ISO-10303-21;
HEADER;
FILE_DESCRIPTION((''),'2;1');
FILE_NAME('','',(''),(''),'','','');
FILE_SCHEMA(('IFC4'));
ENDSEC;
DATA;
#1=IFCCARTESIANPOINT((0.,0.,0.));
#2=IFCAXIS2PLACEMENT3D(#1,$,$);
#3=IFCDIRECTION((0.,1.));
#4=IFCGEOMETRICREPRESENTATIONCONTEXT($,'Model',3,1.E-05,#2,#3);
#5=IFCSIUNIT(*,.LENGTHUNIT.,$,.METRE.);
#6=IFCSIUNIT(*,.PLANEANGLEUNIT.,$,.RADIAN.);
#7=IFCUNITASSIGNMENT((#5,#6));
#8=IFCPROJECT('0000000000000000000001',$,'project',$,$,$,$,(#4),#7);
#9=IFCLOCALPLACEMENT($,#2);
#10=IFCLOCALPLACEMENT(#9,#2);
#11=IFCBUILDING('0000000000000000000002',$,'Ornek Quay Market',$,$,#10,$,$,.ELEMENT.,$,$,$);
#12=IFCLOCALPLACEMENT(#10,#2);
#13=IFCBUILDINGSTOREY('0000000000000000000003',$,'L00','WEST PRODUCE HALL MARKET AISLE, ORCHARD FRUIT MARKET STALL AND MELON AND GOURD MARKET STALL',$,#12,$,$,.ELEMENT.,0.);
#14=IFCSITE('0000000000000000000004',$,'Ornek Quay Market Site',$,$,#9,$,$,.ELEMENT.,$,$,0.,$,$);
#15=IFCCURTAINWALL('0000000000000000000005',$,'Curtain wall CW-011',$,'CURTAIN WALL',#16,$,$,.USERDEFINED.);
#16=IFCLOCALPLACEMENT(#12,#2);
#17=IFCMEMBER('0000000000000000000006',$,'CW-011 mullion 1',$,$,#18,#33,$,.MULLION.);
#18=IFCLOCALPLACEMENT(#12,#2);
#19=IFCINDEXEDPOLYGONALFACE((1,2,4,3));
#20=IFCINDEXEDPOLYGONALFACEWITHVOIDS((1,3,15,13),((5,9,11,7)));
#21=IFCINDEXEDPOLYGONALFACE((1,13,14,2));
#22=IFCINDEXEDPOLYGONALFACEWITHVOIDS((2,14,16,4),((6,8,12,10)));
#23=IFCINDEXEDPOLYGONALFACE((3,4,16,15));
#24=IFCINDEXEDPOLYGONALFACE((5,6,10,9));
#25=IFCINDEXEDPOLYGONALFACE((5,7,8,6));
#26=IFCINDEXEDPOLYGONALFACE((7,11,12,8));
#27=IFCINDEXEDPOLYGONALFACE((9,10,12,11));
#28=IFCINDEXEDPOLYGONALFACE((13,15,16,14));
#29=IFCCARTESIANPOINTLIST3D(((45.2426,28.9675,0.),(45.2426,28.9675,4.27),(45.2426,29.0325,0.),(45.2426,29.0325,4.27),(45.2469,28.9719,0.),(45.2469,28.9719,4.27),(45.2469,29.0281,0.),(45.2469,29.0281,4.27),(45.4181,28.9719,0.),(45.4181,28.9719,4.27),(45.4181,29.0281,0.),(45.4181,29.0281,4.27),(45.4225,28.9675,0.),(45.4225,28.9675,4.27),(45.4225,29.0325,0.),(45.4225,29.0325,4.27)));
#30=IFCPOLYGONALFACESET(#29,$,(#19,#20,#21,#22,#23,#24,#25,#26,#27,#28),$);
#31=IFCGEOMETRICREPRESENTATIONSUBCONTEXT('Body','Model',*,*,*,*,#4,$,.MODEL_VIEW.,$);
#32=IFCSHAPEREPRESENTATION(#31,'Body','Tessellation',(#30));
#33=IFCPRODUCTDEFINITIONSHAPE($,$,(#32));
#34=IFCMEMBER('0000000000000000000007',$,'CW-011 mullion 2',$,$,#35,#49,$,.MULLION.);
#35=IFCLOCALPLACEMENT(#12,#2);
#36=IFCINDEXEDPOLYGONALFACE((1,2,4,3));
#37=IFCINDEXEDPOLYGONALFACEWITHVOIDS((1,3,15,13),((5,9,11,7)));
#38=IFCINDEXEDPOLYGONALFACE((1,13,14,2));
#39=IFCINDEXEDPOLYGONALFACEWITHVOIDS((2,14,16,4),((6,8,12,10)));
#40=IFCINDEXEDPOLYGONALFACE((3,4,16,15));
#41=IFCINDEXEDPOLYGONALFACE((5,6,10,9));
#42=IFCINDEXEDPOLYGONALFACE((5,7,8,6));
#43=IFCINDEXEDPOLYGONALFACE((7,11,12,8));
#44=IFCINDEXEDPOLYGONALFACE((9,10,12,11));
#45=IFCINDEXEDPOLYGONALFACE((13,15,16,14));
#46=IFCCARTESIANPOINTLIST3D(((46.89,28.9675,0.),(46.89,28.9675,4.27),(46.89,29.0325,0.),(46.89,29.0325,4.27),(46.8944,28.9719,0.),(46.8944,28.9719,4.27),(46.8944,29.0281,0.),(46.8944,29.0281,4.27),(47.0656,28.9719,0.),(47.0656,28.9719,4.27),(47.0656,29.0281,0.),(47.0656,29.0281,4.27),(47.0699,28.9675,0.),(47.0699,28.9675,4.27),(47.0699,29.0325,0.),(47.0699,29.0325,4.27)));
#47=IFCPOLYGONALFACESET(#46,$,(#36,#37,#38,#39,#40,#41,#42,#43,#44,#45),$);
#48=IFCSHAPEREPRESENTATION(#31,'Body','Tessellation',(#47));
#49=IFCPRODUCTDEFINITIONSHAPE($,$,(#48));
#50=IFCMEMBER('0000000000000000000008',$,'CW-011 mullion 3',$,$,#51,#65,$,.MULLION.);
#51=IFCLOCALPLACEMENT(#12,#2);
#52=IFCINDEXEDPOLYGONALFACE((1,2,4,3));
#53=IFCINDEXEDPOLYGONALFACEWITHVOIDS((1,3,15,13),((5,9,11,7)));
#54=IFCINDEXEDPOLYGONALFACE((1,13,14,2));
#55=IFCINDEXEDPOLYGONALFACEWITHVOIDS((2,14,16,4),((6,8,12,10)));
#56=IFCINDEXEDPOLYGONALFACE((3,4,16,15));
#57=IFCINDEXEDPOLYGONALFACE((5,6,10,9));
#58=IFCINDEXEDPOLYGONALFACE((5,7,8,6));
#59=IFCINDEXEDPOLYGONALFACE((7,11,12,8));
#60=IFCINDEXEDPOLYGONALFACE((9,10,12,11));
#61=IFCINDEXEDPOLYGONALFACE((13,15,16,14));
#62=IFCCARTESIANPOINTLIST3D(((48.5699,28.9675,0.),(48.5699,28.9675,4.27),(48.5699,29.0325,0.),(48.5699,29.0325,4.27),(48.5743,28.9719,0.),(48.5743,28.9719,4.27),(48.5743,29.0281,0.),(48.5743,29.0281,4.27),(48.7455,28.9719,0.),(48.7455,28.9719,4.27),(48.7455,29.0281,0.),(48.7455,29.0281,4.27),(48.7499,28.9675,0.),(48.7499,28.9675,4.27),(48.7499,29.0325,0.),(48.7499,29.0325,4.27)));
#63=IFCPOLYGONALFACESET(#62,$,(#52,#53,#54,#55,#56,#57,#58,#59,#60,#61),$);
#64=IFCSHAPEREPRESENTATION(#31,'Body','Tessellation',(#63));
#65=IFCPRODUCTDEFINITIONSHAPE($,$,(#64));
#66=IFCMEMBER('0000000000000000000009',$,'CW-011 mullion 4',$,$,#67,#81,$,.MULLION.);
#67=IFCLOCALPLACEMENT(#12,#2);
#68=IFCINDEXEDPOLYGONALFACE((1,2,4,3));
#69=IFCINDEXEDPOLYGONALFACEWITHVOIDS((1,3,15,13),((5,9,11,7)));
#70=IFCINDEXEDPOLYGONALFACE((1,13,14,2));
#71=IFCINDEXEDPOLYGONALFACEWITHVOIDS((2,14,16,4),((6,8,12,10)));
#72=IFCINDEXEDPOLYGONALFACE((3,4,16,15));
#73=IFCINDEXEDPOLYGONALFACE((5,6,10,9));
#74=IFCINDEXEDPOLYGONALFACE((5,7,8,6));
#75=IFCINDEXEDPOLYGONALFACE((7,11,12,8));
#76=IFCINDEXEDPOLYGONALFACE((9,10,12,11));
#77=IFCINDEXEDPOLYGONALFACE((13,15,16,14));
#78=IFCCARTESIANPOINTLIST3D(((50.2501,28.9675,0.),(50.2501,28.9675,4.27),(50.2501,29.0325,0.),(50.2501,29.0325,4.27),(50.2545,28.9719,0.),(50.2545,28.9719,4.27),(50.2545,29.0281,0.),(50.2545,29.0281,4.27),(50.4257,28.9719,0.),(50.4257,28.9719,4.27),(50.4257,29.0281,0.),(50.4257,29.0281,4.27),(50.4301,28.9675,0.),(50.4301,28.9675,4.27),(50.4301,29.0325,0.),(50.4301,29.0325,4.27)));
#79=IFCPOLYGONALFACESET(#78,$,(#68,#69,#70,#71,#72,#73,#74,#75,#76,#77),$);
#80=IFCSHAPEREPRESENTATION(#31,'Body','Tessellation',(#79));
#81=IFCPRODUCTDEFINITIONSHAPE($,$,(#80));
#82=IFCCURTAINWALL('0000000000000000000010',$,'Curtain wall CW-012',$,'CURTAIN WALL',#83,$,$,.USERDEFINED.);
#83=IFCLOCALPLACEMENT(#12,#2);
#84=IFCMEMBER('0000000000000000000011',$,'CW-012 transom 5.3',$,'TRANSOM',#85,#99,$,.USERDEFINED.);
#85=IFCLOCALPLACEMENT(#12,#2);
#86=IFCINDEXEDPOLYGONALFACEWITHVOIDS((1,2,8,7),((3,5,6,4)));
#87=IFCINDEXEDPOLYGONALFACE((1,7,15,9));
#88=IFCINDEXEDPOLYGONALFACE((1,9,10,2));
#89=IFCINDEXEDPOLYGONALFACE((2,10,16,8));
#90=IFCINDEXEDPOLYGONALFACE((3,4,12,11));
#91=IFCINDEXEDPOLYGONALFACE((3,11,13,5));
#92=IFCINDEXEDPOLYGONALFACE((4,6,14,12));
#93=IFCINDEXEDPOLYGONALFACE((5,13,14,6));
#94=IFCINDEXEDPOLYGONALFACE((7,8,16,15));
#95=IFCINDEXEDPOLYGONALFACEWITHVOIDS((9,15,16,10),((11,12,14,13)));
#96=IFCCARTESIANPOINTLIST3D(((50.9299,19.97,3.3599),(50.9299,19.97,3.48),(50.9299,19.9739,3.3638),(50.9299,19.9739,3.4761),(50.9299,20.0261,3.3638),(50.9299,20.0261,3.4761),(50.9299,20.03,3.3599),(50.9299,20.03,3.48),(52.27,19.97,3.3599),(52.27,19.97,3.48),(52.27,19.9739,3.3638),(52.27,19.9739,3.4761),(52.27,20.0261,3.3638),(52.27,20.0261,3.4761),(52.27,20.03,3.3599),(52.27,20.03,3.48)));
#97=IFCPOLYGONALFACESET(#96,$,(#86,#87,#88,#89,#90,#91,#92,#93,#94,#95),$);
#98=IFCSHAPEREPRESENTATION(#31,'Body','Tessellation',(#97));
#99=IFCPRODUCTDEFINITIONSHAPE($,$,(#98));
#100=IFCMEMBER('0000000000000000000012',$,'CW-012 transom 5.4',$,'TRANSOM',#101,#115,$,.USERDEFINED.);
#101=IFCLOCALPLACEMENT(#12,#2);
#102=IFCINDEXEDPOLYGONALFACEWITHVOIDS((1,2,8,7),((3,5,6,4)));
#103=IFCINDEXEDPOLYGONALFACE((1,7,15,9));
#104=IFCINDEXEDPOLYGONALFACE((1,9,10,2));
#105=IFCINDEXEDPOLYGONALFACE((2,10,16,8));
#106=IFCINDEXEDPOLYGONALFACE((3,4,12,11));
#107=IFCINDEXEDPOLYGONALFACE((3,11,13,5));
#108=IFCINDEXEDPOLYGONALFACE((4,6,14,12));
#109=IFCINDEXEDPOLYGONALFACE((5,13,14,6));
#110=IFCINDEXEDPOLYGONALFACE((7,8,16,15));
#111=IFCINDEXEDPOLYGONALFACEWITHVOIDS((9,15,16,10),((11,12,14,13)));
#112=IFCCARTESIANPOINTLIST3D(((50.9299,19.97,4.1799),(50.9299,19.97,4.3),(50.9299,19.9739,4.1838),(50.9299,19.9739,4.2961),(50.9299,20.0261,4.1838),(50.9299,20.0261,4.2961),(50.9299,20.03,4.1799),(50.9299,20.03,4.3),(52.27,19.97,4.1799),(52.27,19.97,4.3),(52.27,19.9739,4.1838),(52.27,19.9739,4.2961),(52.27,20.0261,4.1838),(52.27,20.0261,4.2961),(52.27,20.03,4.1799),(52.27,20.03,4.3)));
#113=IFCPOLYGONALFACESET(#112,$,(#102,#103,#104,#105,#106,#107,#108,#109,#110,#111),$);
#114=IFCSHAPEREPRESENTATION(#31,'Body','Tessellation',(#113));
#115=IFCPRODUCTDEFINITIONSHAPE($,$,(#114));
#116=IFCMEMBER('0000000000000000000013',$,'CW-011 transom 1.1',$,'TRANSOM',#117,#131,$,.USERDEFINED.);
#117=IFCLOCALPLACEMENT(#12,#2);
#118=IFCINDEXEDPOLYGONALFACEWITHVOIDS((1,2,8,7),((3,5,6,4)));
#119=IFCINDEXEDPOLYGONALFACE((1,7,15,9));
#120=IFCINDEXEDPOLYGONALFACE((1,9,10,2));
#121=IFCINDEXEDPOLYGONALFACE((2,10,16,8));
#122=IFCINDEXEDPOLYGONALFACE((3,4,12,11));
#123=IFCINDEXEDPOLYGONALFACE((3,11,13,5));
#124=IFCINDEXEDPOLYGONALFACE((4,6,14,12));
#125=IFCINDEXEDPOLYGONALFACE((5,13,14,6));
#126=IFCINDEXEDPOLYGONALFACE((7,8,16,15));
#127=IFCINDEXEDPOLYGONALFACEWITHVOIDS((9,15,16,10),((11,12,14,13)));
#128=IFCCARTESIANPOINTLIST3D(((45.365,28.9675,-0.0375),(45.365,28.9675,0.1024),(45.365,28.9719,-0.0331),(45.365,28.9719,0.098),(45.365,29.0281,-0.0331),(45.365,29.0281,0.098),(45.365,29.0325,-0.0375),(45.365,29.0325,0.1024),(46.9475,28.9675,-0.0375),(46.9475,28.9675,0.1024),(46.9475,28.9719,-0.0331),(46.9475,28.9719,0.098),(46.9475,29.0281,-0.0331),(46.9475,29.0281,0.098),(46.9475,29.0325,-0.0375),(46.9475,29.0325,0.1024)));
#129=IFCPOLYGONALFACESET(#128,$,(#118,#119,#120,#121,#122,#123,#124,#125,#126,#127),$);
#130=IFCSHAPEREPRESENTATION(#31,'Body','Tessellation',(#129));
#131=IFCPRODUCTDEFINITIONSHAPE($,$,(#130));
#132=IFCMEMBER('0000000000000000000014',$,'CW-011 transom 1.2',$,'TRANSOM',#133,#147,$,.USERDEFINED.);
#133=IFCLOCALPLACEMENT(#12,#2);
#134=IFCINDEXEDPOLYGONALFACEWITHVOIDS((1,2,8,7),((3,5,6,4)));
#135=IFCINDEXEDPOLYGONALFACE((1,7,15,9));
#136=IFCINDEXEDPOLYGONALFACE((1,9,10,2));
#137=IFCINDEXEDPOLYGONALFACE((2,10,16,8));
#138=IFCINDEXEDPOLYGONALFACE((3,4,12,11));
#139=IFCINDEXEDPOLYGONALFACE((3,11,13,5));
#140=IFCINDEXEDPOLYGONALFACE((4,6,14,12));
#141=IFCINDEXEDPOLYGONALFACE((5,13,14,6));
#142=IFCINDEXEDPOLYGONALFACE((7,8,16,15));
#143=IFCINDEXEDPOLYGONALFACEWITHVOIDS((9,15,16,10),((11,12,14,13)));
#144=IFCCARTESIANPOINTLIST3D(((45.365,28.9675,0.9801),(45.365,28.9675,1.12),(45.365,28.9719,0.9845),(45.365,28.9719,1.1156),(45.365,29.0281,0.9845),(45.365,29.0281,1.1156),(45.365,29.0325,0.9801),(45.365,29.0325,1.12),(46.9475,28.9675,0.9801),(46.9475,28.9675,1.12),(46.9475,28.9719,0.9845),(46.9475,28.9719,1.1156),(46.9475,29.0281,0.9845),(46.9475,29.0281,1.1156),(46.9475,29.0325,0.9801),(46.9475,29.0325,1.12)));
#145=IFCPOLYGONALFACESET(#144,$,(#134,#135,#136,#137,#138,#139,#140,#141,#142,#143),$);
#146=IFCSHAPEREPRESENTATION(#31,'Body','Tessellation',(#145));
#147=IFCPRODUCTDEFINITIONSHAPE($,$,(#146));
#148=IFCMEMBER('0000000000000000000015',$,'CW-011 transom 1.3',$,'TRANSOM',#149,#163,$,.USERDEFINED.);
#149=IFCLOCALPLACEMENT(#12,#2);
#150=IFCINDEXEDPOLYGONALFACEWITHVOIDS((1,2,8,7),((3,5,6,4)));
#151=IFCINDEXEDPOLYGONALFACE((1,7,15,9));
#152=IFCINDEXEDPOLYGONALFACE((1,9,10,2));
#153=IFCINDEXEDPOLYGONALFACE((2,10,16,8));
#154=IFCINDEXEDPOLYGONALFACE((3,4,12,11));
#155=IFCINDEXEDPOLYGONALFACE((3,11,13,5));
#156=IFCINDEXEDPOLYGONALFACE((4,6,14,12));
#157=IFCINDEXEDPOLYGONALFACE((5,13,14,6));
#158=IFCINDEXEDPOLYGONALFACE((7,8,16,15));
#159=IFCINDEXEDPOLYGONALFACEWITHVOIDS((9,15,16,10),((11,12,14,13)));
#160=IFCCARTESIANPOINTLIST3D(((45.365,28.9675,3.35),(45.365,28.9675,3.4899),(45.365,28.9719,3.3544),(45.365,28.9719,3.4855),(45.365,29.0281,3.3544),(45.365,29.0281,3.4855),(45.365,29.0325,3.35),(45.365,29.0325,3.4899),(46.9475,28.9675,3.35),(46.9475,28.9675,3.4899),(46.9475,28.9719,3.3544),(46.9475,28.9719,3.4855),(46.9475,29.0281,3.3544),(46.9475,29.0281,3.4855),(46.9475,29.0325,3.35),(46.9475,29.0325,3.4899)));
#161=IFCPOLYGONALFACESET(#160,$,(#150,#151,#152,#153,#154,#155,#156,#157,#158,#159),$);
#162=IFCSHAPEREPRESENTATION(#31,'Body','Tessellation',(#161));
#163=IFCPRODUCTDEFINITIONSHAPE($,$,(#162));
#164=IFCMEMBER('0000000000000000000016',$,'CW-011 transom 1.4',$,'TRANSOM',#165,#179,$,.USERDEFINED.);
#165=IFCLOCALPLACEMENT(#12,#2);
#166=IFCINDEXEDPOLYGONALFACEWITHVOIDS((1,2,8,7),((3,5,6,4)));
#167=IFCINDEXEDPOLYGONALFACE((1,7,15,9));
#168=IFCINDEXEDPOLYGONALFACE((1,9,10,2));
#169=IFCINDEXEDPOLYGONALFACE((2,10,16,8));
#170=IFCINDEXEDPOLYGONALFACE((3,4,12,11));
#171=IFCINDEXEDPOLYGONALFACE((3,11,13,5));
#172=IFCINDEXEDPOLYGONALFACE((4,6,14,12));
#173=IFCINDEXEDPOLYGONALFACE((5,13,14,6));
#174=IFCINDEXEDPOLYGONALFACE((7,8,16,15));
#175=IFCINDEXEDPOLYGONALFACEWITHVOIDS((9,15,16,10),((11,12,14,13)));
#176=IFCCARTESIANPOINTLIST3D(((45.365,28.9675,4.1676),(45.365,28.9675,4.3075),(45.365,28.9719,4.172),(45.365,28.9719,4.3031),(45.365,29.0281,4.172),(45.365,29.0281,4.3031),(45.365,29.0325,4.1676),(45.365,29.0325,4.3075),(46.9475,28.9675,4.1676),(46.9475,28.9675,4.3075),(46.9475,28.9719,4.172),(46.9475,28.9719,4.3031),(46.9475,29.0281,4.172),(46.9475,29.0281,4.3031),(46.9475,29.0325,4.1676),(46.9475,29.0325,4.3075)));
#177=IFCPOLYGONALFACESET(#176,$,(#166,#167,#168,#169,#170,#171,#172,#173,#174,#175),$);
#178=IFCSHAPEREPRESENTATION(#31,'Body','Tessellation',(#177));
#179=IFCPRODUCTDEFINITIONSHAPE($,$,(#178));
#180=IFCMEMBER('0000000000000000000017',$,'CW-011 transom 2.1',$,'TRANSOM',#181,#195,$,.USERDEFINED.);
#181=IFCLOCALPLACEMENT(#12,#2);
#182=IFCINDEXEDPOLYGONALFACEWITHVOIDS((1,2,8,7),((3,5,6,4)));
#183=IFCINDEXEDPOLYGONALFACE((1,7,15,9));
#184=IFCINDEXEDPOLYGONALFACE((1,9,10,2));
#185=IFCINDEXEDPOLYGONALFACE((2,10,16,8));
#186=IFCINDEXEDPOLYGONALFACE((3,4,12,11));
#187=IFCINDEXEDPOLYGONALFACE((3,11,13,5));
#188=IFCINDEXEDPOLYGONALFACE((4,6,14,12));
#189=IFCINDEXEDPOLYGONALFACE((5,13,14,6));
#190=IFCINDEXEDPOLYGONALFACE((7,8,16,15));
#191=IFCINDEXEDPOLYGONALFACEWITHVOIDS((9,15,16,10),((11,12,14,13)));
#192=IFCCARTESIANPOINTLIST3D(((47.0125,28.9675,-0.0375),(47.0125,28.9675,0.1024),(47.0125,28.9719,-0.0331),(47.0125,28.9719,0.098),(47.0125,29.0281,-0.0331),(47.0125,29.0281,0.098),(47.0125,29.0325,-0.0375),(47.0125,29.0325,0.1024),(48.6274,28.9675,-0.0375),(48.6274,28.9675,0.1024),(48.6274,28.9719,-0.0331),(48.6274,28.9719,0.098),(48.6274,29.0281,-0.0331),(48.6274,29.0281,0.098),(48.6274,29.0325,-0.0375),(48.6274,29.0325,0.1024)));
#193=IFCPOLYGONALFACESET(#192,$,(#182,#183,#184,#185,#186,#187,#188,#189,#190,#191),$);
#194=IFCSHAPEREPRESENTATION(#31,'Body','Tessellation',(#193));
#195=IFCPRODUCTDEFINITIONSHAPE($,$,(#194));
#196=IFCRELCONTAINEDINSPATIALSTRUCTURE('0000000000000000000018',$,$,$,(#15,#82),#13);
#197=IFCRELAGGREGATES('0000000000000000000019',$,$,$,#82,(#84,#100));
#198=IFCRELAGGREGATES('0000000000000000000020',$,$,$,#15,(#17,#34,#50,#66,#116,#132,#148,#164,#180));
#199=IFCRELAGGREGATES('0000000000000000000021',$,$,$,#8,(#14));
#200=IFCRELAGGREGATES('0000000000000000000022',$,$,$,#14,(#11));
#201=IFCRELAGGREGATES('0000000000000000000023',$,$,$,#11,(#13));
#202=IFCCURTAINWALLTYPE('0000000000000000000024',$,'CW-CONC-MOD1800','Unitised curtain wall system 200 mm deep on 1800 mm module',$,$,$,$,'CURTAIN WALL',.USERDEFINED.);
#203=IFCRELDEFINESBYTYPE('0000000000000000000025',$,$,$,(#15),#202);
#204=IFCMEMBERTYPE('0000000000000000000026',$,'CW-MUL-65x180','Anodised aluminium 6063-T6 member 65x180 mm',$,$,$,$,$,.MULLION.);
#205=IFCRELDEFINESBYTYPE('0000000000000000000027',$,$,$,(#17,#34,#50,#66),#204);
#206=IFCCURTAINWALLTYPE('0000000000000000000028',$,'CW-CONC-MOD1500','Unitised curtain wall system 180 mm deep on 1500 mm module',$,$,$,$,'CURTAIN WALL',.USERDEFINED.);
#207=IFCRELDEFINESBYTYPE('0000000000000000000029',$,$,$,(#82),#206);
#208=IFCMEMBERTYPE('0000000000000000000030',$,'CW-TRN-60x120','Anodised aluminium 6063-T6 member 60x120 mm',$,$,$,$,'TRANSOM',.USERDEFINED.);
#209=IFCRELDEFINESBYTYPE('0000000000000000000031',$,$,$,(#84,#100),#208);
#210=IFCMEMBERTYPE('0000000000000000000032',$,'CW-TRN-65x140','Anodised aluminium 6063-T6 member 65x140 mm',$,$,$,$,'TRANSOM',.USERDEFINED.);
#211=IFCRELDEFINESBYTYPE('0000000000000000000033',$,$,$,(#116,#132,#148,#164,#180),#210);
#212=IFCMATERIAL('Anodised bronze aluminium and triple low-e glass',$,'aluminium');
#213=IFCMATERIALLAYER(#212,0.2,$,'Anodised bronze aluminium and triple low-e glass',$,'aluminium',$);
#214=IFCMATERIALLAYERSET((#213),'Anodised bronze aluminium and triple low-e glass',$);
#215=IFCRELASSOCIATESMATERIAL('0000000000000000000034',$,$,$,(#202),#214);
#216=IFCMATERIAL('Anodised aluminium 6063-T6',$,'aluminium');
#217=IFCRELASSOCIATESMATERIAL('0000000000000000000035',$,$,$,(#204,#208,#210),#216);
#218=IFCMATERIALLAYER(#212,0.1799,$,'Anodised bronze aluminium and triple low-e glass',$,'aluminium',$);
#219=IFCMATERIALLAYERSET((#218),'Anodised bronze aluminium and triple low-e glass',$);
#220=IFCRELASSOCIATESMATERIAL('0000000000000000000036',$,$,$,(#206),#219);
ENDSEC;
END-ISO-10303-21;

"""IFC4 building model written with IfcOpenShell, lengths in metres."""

from ifc_helpers import new_model, si_unit, direction, frame, origin, origin_2d, place, context, subcontext, project, spatial, hollow_rectangle, extrude, material, layer, layer_set, material_profile, profile_set, type_object, element, aggregate, save


model = new_model("IFC4")

# Units and contexts
model_context = context("Model", 3, precision=1e-05, world=origin(), true_north=direction((0.0, 1.0)))
body_context = subcontext(model_context, "Body", "Model", "MODEL_VIEW")
ifc_project = project(units=[si_unit("LENGTHUNIT", "METRE"), si_unit("PLANEANGLEUNIT", "RADIAN")], contexts=[model_context])

# Site, building, storey
site_placement = place(None, origin())
site = spatial("IfcSite", under=ifc_project, at=site_placement, Name="Ornek Quay Market Site", CompositionType="ELEMENT", RefElevation=0.0)
building_placement = place(site_placement, origin())
building = spatial("IfcBuilding", under=site, at=building_placement, Name="Ornek Quay Market", CompositionType="ELEMENT")
storey_placement = place(building_placement, origin())
storey = spatial("IfcBuildingStorey", under=building, at=storey_placement, Name="L00", Description="WEST PRODUCE HALL MARKET AISLE, ORCHARD FRUIT MARKET STALL AND MELON AND GOURD MARKET STALL", CompositionType="ELEMENT", Elevation=0.0)

# Curtain walls, members
ifc_material_1 = material(Name="Anodised bronze aluminium and triple low-e glass", Category="aluminium")
ifc_layer_1 = layer(ifc_material_1, 0.2, Name="Anodised bronze aluminium and triple low-e glass", Category="aluminium")
ifc_layer_set_1 = layer_set([ifc_layer_1], Name="Anodised bronze aluminium and triple low-e glass")
curtain_wall_type_1 = type_object("IfcCurtainWallType", Name="CW-CONC-MOD1800", Description="Unitised curtain wall system 200 mm deep on 1800 mm module", ElementType="CURTAIN WALL", PredefinedType="USERDEFINED", material=ifc_layer_set_1)
curtain_wall_1_placement = place(storey_placement, origin())
curtain_wall_1 = element("IfcCurtainWall", 1, at=curtain_wall_1_placement, inside=storey, type_object=curtain_wall_type_1, Name="Curtain wall CW-011", ObjectType="CURTAIN WALL", PredefinedType="USERDEFINED")
ifc_material_2 = material(Name="Anodised aluminium 6063-T6", Category="aluminium")
ifc_material_profile_1 = material_profile(ifc_material_2, hollow_rectangle(XDim=0.0649, YDim=0.1799, WallThickness=0.0044, at=origin_2d()), Name="CW-MUL-65x180", Category="aluminium")
ifc_profile_set_1 = profile_set([ifc_material_profile_1], Name="Anodised aluminium 6063-T6")
member_type_1 = type_object("IfcMemberType", Name="CW-MUL-65x180", Description="Anodised aluminium 6063-T6 member 65x180 mm", PredefinedType="MULLION", material=ifc_profile_set_1)
member_1_placement = place(storey_placement, frame((45.3325, 29.0, 0.0), z_axis=(0.0, 0.0, 1.0), x_axis=(0.0, 1.0, 0.0)))
member_1 = element("IfcMember", 2, at=member_1_placement, type_object=member_type_1, Name="CW-011 mullion 1", PredefinedType="MULLION", context=body_context, shape_type="SweptSolid", body=[
    extrude(hollow_rectangle(XDim=0.0649, YDim=0.1799, WallThickness=0.0044, at=origin_2d()), origin(), (0.0, 0.0, 1.0), 4.27),
])
member_2_placement = place(storey_placement, frame((46.98, 29.0, 0.0), z_axis=(0.0, 0.0, 1.0), x_axis=(0.0, 1.0, 0.0)))
member_2 = element("IfcMember", 3, at=member_2_placement, type_object=member_type_1, Name="CW-011 mullion 2", PredefinedType="MULLION", context=body_context, shape_type="SweptSolid", body=[
    extrude(hollow_rectangle(XDim=0.0649, YDim=0.1799, WallThickness=0.0044, at=origin_2d()), origin(), (0.0, 0.0, 1.0), 4.27),
])
member_3_placement = place(storey_placement, frame((48.6599, 29.0, 0.0), z_axis=(0.0, 0.0, 1.0), x_axis=(0.0, 1.0, 0.0)))
member_3 = element("IfcMember", 4, at=member_3_placement, type_object=member_type_1, Name="CW-011 mullion 3", PredefinedType="MULLION", context=body_context, shape_type="SweptSolid", body=[
    extrude(hollow_rectangle(XDim=0.0649, YDim=0.1799, WallThickness=0.0044, at=origin_2d()), origin(), (0.0, 0.0, 1.0), 4.27),
])
member_4_placement = place(storey_placement, frame((50.3401, 29.0, 0.0), z_axis=(0.0, 0.0, 1.0), x_axis=(0.0, 1.0, 0.0)))
member_4 = element("IfcMember", 5, at=member_4_placement, type_object=member_type_1, Name="CW-011 mullion 4", PredefinedType="MULLION", context=body_context, shape_type="SweptSolid", body=[
    extrude(hollow_rectangle(XDim=0.0649, YDim=0.1799, WallThickness=0.0044, at=origin_2d()), origin(), (0.0, 0.0, 1.0), 4.27),
])
ifc_layer_2 = layer(ifc_material_1, 0.1799, Name="Anodised bronze aluminium and triple low-e glass", Category="aluminium")
ifc_layer_set_2 = layer_set([ifc_layer_2], Name="Anodised bronze aluminium and triple low-e glass")
curtain_wall_type_2 = type_object("IfcCurtainWallType", Name="CW-CONC-MOD1500", Description="Unitised curtain wall system 180 mm deep on 1500 mm module", ElementType="CURTAIN WALL", PredefinedType="USERDEFINED", material=ifc_layer_set_2)
curtain_wall_2_placement = place(storey_placement, origin())
curtain_wall_2 = element("IfcCurtainWall", 6, at=curtain_wall_2_placement, inside=storey, type_object=curtain_wall_type_2, Name="Curtain wall CW-012", ObjectType="CURTAIN WALL", PredefinedType="USERDEFINED")
ifc_material_profile_2 = material_profile(ifc_material_2, hollow_rectangle(XDim=0.0601, YDim=0.1201, WallThickness=0.0039, at=origin_2d()), Name="CW-TRN-60x120", Category="aluminium")
ifc_profile_set_2 = profile_set([ifc_material_profile_2], Name="Anodised aluminium 6063-T6")
member_type_2 = type_object("IfcMemberType", Name="CW-TRN-60x120", Description="Anodised aluminium 6063-T6 member 60x120 mm", ElementType="TRANSOM", PredefinedType="USERDEFINED", material=ifc_profile_set_2)
member_5_placement = place(storey_placement, frame((50.9299, 20.0, 3.4199), z_axis=(1.0, 0.0, 0.0), x_axis=(0.0, 1.0, 0.0)))
member_5 = element("IfcMember", 7, at=member_5_placement, type_object=member_type_2, Name="CW-012 transom 5.3", ObjectType="TRANSOM", PredefinedType="USERDEFINED", context=body_context, shape_type="SweptSolid", body=[
    extrude(hollow_rectangle(XDim=0.0601, YDim=0.1201, WallThickness=0.0039, at=origin_2d()), origin(), (0.0, 0.0, 1.0), 1.3401),
])
member_6_placement = place(storey_placement, frame((50.9299, 20.0, 4.24), z_axis=(1.0, 0.0, 0.0), x_axis=(0.0, 1.0, 0.0)))
member_6 = element("IfcMember", 8, at=member_6_placement, type_object=member_type_2, Name="CW-012 transom 5.4", ObjectType="TRANSOM", PredefinedType="USERDEFINED", context=body_context, shape_type="SweptSolid", body=[
    extrude(hollow_rectangle(XDim=0.0601, YDim=0.1201, WallThickness=0.0039, at=origin_2d()), origin(), (0.0, 0.0, 1.0), 1.3401),
])
aggregate(curtain_wall_2, [member_5, member_6])

# Members
ifc_material_profile_3 = material_profile(ifc_material_2, hollow_rectangle(XDim=0.0649, YDim=0.1399, WallThickness=0.0044, at=origin_2d()), Name="CW-TRN-65x140", Category="aluminium")
ifc_profile_set_3 = profile_set([ifc_material_profile_3], Name="Anodised aluminium 6063-T6")
member_type_3 = type_object("IfcMemberType", Name="CW-TRN-65x140", Description="Anodised aluminium 6063-T6 member 65x140 mm", ElementType="TRANSOM", PredefinedType="USERDEFINED", material=ifc_profile_set_3)
member_7_placement = place(storey_placement, frame((45.365, 29.0, 0.0325), z_axis=(1.0, 0.0, 0.0), x_axis=(0.0, 1.0, 0.0)))
member_7 = element("IfcMember", 9, at=member_7_placement, type_object=member_type_3, Name="CW-011 transom 1.1", ObjectType="TRANSOM", PredefinedType="USERDEFINED", context=body_context, shape_type="SweptSolid", body=[
    extrude(hollow_rectangle(XDim=0.0649, YDim=0.1399, WallThickness=0.0044, at=origin_2d()), origin(), (0.0, 0.0, 1.0), 1.5825),
])
member_8_placement = place(storey_placement, frame((45.365, 29.0, 1.05), z_axis=(1.0, 0.0, 0.0), x_axis=(0.0, 1.0, 0.0)))
member_8 = element("IfcMember", 10, at=member_8_placement, type_object=member_type_3, Name="CW-011 transom 1.2", ObjectType="TRANSOM", PredefinedType="USERDEFINED", context=body_context, shape_type="SweptSolid", body=[
    extrude(hollow_rectangle(XDim=0.0649, YDim=0.1399, WallThickness=0.0044, at=origin_2d()), origin(), (0.0, 0.0, 1.0), 1.5825),
])
member_9_placement = place(storey_placement, frame((45.365, 29.0, 3.4199), z_axis=(1.0, 0.0, 0.0), x_axis=(0.0, 1.0, 0.0)))
member_9 = element("IfcMember", 11, at=member_9_placement, type_object=member_type_3, Name="CW-011 transom 1.3", ObjectType="TRANSOM", PredefinedType="USERDEFINED", context=body_context, shape_type="SweptSolid", body=[
    extrude(hollow_rectangle(XDim=0.0649, YDim=0.1399, WallThickness=0.0044, at=origin_2d()), origin(), (0.0, 0.0, 1.0), 1.5825),
])
member_10_placement = place(storey_placement, frame((45.365, 29.0, 4.2375), z_axis=(1.0, 0.0, 0.0), x_axis=(0.0, 1.0, 0.0)))
member_10 = element("IfcMember", 12, at=member_10_placement, type_object=member_type_3, Name="CW-011 transom 1.4", ObjectType="TRANSOM", PredefinedType="USERDEFINED", context=body_context, shape_type="SweptSolid", body=[
    extrude(hollow_rectangle(XDim=0.0649, YDim=0.1399, WallThickness=0.0044, at=origin_2d()), origin(), (0.0, 0.0, 1.0), 1.5825),
])
member_11_placement = place(storey_placement, frame((47.0125, 29.0, 0.0325), z_axis=(1.0, 0.0, 0.0), x_axis=(0.0, 1.0, 0.0)))
member_11 = element("IfcMember", 13, at=member_11_placement, type_object=member_type_3, Name="CW-011 transom 2.1", ObjectType="TRANSOM", PredefinedType="USERDEFINED", context=body_context, shape_type="SweptSolid", body=[
    extrude(hollow_rectangle(XDim=0.0649, YDim=0.1399, WallThickness=0.0044, at=origin_2d()), origin(), (0.0, 0.0, 1.0), 1.615),
])

aggregate(curtain_wall_1, [member_1, member_2, member_3, member_4, member_7, member_8, member_9, member_10, member_11])

save(model, "model.ifc")
